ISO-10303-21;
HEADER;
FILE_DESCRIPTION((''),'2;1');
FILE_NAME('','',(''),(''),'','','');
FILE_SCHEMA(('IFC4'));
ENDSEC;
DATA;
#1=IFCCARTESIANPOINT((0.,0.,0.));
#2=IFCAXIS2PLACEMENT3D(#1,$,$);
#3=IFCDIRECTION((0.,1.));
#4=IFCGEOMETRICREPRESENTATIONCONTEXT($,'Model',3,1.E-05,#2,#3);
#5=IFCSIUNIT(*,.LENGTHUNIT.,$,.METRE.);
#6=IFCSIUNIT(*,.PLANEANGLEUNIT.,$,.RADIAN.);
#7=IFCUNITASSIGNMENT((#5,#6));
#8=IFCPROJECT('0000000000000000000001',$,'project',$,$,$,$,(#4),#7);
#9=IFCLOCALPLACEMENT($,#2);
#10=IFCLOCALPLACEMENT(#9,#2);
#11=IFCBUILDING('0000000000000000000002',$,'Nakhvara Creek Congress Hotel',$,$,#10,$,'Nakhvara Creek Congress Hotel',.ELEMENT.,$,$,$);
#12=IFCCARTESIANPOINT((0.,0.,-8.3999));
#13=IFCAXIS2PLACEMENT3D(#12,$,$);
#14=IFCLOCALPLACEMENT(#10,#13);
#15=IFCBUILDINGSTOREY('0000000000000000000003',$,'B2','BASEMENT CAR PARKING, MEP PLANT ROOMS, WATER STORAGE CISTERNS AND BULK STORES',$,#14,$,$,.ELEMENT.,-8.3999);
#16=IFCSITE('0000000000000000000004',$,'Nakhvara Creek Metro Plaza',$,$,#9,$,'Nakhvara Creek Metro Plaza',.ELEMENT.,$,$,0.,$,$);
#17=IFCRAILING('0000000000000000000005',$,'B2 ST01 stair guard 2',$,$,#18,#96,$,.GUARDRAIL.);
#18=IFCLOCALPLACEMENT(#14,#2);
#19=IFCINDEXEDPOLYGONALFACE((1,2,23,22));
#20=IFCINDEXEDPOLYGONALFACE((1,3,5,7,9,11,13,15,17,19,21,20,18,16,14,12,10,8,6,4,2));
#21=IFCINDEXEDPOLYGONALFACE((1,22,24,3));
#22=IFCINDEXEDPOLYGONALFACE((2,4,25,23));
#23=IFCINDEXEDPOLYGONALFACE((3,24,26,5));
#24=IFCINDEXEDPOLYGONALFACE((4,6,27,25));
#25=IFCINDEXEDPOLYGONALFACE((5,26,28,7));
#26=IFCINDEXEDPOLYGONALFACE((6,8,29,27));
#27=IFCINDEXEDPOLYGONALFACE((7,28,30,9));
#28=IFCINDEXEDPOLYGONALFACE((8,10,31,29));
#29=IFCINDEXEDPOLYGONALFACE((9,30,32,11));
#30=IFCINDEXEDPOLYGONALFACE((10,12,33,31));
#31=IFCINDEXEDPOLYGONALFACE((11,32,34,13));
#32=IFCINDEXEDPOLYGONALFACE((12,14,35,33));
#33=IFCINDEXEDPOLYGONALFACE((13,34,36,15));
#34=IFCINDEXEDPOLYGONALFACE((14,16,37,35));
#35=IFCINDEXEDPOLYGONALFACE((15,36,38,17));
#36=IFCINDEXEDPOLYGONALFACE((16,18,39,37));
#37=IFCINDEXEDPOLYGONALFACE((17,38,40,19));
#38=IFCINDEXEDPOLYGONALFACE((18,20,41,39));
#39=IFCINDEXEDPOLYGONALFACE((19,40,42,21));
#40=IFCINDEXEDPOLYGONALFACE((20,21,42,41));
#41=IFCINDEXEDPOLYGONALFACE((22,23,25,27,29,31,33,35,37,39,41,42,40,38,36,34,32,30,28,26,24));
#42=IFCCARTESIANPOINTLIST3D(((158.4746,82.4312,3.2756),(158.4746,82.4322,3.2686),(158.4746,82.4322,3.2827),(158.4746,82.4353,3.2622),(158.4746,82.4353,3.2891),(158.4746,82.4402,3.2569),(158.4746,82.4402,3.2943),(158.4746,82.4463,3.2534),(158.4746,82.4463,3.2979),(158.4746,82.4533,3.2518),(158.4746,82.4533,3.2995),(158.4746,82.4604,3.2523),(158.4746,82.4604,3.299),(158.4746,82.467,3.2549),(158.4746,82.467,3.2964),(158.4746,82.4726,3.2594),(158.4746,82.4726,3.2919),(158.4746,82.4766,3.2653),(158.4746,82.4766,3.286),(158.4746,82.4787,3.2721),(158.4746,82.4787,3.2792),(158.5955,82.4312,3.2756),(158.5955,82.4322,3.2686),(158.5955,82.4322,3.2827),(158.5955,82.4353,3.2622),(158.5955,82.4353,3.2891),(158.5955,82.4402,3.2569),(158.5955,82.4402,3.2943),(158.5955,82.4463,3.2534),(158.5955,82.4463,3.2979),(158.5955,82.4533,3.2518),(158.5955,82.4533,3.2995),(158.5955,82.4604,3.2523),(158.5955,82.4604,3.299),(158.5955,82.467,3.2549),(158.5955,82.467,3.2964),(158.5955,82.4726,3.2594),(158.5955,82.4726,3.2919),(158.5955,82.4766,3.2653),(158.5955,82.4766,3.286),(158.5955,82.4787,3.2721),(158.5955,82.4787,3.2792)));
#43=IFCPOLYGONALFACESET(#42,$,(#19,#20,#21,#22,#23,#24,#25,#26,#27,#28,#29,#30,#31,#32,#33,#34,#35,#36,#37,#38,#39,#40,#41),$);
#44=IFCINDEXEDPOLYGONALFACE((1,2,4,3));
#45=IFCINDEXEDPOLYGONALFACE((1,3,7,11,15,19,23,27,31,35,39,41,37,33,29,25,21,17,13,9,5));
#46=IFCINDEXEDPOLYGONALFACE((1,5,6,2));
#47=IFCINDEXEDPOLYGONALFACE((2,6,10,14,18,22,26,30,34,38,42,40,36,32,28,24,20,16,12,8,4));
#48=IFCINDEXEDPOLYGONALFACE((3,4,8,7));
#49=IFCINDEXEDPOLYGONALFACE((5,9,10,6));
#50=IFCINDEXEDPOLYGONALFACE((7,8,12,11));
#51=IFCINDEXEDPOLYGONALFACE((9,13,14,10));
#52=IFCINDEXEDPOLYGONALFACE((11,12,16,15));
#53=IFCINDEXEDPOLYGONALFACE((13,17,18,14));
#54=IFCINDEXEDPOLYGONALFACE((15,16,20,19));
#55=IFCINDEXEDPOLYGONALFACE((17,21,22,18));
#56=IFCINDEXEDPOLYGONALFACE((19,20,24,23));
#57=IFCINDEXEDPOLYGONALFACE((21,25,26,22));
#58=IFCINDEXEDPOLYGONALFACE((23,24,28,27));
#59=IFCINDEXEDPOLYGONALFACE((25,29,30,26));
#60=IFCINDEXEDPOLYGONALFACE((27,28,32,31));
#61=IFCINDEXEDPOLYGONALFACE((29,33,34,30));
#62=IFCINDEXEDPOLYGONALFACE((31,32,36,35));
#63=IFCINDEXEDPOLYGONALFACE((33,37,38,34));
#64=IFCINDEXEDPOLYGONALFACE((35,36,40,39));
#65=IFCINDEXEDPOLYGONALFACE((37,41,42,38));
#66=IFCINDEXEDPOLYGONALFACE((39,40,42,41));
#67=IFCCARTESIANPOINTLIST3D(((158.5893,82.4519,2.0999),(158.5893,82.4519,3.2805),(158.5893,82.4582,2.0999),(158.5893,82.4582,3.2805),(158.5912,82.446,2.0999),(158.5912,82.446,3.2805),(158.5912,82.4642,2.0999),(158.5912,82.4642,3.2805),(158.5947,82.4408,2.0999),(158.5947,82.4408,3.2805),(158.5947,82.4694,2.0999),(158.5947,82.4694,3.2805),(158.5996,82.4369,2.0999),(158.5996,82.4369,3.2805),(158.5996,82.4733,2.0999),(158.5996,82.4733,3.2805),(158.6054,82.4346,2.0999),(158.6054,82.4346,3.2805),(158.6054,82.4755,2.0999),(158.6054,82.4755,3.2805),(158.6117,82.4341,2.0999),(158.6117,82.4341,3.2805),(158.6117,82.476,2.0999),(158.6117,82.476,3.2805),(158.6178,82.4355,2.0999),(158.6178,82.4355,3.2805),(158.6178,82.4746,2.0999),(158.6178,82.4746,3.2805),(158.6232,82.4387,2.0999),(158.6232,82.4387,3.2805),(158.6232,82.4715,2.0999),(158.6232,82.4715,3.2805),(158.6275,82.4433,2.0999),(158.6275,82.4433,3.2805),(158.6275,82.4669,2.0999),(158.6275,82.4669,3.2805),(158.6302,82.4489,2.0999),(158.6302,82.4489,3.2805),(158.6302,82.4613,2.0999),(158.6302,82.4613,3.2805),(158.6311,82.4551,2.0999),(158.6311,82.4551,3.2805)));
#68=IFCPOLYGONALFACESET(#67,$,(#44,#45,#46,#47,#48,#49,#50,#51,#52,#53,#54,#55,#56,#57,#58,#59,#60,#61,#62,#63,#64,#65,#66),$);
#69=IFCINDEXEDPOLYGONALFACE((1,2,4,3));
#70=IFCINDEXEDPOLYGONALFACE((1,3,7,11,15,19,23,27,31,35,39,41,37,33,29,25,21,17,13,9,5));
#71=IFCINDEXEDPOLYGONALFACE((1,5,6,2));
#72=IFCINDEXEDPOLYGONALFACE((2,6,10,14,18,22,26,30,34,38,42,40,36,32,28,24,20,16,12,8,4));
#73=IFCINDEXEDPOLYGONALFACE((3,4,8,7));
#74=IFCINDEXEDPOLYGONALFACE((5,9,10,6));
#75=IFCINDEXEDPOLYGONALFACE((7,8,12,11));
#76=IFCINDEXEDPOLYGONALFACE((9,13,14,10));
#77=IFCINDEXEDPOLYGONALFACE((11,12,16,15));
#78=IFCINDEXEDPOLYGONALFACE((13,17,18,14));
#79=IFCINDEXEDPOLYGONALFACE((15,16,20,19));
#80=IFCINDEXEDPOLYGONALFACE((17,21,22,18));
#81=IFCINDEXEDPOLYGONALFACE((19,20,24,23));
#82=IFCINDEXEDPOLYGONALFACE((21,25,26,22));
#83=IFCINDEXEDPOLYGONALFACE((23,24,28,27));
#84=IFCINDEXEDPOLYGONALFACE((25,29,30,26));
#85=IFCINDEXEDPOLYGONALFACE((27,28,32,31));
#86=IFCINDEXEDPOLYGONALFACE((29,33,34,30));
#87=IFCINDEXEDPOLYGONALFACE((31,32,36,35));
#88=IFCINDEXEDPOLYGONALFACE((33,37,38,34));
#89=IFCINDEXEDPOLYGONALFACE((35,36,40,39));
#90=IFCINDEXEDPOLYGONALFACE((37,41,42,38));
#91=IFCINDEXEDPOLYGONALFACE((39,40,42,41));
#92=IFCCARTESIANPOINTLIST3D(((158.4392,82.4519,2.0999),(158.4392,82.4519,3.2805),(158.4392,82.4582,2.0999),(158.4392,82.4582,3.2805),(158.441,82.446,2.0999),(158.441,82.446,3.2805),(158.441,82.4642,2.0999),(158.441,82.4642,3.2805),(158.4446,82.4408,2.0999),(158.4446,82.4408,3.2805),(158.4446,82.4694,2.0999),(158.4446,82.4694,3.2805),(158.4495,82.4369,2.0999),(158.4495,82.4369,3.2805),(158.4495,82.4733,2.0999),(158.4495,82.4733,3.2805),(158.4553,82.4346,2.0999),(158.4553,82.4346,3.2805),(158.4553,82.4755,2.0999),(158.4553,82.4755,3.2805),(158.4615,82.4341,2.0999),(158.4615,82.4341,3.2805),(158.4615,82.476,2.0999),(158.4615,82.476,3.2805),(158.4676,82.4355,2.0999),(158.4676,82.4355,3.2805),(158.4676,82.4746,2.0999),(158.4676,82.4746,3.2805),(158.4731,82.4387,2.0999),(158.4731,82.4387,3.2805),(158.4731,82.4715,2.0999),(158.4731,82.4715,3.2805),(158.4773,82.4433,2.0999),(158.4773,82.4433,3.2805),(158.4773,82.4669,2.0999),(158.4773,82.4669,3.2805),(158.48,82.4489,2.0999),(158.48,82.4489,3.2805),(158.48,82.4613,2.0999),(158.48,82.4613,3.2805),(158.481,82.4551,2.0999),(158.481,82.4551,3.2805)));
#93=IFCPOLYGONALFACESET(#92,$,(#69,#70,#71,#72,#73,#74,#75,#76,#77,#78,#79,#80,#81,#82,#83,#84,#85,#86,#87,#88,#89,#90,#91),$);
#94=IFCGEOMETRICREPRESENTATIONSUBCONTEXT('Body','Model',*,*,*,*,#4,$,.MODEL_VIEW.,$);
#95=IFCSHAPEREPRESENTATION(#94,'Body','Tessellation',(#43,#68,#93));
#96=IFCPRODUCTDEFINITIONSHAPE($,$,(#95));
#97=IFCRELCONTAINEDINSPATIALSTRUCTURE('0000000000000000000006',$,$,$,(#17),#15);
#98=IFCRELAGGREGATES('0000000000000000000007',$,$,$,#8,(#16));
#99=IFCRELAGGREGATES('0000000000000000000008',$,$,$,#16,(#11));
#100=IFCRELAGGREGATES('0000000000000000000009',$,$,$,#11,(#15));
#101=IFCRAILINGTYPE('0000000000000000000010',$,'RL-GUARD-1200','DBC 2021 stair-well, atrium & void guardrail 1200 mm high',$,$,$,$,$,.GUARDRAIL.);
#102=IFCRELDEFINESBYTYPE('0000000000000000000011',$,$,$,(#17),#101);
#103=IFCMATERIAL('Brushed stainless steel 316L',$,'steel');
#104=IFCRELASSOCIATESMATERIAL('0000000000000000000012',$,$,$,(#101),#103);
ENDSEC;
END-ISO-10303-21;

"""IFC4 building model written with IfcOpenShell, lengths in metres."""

from ifc_helpers import new_model, si_unit, direction, frame, origin, origin_2d, place, context, subcontext, project, spatial, circle, extrude, material, type_object, element, save


model = new_model("IFC4")

# Units and contexts
model_context = context("Model", 3, precision=1e-05, world=origin(), true_north=direction((0.0, 1.0)))
body_context = subcontext(model_context, "Body", "Model", "MODEL_VIEW")
ifc_project = project(units=[si_unit("LENGTHUNIT", "METRE"), si_unit("PLANEANGLEUNIT", "RADIAN")], contexts=[model_context])

# Site, building, storey
site_placement = place(None, origin())
site = spatial("IfcSite", under=ifc_project, at=site_placement, Name="Nakhvara Creek Metro Plaza", LongName="Nakhvara Creek Metro Plaza", CompositionType="ELEMENT", RefElevation=0.0)
building_placement = place(site_placement, origin())
building = spatial("IfcBuilding", under=site, at=building_placement, Name="Nakhvara Creek Congress Hotel", LongName="Nakhvara Creek Congress Hotel", CompositionType="ELEMENT")
storey_placement = place(building_placement, frame((0.0, 0.0, -8.3999)))
storey = spatial("IfcBuildingStorey", under=building, at=storey_placement, Name="B2", Description="BASEMENT CAR PARKING, MEP PLANT ROOMS, WATER STORAGE CISTERNS AND BULK STORES", CompositionType="ELEMENT", Elevation=-8.3999)

# Railing
ifc_material_1 = material(Name="Brushed stainless steel 316L", Category="steel")
railing_type_1 = type_object("IfcRailingType", Name="RL-GUARD-1200", Description="DBC 2021 stair-well, atrium & void guardrail 1200 mm high", PredefinedType="GUARDRAIL", material=ifc_material_1)
railing_1_placement = place(storey_placement, frame((158.6101, 82.4551, 2.0999)))
element("IfcRailing", 1, at=railing_1_placement, inside=storey, type_object=railing_type_1, Name="B2 ST01 stair guard 2", PredefinedType="GUARDRAIL", context=body_context, shape_type="SweptSolid", body=[
    extrude(circle(Radius=0.0239, at=origin_2d()), frame((-0.0146, 0.0, 1.1758), z_axis=(-1.0, 0.0, 0.0), x_axis=(0.0, -1.0, 0.0)), (0.0, 0.0, 1.0), 0.1208),
    extrude(circle(Radius=0.021, at=origin_2d()), origin(), (0.0, 0.0, 1.0), 1.1807),
    extrude(circle(Radius=0.021, at=origin_2d()), frame((-0.1501, 0.0, 0.0)), (0.0, 0.0, 1.0), 1.1807),
])

save(model, "model.ifc")
